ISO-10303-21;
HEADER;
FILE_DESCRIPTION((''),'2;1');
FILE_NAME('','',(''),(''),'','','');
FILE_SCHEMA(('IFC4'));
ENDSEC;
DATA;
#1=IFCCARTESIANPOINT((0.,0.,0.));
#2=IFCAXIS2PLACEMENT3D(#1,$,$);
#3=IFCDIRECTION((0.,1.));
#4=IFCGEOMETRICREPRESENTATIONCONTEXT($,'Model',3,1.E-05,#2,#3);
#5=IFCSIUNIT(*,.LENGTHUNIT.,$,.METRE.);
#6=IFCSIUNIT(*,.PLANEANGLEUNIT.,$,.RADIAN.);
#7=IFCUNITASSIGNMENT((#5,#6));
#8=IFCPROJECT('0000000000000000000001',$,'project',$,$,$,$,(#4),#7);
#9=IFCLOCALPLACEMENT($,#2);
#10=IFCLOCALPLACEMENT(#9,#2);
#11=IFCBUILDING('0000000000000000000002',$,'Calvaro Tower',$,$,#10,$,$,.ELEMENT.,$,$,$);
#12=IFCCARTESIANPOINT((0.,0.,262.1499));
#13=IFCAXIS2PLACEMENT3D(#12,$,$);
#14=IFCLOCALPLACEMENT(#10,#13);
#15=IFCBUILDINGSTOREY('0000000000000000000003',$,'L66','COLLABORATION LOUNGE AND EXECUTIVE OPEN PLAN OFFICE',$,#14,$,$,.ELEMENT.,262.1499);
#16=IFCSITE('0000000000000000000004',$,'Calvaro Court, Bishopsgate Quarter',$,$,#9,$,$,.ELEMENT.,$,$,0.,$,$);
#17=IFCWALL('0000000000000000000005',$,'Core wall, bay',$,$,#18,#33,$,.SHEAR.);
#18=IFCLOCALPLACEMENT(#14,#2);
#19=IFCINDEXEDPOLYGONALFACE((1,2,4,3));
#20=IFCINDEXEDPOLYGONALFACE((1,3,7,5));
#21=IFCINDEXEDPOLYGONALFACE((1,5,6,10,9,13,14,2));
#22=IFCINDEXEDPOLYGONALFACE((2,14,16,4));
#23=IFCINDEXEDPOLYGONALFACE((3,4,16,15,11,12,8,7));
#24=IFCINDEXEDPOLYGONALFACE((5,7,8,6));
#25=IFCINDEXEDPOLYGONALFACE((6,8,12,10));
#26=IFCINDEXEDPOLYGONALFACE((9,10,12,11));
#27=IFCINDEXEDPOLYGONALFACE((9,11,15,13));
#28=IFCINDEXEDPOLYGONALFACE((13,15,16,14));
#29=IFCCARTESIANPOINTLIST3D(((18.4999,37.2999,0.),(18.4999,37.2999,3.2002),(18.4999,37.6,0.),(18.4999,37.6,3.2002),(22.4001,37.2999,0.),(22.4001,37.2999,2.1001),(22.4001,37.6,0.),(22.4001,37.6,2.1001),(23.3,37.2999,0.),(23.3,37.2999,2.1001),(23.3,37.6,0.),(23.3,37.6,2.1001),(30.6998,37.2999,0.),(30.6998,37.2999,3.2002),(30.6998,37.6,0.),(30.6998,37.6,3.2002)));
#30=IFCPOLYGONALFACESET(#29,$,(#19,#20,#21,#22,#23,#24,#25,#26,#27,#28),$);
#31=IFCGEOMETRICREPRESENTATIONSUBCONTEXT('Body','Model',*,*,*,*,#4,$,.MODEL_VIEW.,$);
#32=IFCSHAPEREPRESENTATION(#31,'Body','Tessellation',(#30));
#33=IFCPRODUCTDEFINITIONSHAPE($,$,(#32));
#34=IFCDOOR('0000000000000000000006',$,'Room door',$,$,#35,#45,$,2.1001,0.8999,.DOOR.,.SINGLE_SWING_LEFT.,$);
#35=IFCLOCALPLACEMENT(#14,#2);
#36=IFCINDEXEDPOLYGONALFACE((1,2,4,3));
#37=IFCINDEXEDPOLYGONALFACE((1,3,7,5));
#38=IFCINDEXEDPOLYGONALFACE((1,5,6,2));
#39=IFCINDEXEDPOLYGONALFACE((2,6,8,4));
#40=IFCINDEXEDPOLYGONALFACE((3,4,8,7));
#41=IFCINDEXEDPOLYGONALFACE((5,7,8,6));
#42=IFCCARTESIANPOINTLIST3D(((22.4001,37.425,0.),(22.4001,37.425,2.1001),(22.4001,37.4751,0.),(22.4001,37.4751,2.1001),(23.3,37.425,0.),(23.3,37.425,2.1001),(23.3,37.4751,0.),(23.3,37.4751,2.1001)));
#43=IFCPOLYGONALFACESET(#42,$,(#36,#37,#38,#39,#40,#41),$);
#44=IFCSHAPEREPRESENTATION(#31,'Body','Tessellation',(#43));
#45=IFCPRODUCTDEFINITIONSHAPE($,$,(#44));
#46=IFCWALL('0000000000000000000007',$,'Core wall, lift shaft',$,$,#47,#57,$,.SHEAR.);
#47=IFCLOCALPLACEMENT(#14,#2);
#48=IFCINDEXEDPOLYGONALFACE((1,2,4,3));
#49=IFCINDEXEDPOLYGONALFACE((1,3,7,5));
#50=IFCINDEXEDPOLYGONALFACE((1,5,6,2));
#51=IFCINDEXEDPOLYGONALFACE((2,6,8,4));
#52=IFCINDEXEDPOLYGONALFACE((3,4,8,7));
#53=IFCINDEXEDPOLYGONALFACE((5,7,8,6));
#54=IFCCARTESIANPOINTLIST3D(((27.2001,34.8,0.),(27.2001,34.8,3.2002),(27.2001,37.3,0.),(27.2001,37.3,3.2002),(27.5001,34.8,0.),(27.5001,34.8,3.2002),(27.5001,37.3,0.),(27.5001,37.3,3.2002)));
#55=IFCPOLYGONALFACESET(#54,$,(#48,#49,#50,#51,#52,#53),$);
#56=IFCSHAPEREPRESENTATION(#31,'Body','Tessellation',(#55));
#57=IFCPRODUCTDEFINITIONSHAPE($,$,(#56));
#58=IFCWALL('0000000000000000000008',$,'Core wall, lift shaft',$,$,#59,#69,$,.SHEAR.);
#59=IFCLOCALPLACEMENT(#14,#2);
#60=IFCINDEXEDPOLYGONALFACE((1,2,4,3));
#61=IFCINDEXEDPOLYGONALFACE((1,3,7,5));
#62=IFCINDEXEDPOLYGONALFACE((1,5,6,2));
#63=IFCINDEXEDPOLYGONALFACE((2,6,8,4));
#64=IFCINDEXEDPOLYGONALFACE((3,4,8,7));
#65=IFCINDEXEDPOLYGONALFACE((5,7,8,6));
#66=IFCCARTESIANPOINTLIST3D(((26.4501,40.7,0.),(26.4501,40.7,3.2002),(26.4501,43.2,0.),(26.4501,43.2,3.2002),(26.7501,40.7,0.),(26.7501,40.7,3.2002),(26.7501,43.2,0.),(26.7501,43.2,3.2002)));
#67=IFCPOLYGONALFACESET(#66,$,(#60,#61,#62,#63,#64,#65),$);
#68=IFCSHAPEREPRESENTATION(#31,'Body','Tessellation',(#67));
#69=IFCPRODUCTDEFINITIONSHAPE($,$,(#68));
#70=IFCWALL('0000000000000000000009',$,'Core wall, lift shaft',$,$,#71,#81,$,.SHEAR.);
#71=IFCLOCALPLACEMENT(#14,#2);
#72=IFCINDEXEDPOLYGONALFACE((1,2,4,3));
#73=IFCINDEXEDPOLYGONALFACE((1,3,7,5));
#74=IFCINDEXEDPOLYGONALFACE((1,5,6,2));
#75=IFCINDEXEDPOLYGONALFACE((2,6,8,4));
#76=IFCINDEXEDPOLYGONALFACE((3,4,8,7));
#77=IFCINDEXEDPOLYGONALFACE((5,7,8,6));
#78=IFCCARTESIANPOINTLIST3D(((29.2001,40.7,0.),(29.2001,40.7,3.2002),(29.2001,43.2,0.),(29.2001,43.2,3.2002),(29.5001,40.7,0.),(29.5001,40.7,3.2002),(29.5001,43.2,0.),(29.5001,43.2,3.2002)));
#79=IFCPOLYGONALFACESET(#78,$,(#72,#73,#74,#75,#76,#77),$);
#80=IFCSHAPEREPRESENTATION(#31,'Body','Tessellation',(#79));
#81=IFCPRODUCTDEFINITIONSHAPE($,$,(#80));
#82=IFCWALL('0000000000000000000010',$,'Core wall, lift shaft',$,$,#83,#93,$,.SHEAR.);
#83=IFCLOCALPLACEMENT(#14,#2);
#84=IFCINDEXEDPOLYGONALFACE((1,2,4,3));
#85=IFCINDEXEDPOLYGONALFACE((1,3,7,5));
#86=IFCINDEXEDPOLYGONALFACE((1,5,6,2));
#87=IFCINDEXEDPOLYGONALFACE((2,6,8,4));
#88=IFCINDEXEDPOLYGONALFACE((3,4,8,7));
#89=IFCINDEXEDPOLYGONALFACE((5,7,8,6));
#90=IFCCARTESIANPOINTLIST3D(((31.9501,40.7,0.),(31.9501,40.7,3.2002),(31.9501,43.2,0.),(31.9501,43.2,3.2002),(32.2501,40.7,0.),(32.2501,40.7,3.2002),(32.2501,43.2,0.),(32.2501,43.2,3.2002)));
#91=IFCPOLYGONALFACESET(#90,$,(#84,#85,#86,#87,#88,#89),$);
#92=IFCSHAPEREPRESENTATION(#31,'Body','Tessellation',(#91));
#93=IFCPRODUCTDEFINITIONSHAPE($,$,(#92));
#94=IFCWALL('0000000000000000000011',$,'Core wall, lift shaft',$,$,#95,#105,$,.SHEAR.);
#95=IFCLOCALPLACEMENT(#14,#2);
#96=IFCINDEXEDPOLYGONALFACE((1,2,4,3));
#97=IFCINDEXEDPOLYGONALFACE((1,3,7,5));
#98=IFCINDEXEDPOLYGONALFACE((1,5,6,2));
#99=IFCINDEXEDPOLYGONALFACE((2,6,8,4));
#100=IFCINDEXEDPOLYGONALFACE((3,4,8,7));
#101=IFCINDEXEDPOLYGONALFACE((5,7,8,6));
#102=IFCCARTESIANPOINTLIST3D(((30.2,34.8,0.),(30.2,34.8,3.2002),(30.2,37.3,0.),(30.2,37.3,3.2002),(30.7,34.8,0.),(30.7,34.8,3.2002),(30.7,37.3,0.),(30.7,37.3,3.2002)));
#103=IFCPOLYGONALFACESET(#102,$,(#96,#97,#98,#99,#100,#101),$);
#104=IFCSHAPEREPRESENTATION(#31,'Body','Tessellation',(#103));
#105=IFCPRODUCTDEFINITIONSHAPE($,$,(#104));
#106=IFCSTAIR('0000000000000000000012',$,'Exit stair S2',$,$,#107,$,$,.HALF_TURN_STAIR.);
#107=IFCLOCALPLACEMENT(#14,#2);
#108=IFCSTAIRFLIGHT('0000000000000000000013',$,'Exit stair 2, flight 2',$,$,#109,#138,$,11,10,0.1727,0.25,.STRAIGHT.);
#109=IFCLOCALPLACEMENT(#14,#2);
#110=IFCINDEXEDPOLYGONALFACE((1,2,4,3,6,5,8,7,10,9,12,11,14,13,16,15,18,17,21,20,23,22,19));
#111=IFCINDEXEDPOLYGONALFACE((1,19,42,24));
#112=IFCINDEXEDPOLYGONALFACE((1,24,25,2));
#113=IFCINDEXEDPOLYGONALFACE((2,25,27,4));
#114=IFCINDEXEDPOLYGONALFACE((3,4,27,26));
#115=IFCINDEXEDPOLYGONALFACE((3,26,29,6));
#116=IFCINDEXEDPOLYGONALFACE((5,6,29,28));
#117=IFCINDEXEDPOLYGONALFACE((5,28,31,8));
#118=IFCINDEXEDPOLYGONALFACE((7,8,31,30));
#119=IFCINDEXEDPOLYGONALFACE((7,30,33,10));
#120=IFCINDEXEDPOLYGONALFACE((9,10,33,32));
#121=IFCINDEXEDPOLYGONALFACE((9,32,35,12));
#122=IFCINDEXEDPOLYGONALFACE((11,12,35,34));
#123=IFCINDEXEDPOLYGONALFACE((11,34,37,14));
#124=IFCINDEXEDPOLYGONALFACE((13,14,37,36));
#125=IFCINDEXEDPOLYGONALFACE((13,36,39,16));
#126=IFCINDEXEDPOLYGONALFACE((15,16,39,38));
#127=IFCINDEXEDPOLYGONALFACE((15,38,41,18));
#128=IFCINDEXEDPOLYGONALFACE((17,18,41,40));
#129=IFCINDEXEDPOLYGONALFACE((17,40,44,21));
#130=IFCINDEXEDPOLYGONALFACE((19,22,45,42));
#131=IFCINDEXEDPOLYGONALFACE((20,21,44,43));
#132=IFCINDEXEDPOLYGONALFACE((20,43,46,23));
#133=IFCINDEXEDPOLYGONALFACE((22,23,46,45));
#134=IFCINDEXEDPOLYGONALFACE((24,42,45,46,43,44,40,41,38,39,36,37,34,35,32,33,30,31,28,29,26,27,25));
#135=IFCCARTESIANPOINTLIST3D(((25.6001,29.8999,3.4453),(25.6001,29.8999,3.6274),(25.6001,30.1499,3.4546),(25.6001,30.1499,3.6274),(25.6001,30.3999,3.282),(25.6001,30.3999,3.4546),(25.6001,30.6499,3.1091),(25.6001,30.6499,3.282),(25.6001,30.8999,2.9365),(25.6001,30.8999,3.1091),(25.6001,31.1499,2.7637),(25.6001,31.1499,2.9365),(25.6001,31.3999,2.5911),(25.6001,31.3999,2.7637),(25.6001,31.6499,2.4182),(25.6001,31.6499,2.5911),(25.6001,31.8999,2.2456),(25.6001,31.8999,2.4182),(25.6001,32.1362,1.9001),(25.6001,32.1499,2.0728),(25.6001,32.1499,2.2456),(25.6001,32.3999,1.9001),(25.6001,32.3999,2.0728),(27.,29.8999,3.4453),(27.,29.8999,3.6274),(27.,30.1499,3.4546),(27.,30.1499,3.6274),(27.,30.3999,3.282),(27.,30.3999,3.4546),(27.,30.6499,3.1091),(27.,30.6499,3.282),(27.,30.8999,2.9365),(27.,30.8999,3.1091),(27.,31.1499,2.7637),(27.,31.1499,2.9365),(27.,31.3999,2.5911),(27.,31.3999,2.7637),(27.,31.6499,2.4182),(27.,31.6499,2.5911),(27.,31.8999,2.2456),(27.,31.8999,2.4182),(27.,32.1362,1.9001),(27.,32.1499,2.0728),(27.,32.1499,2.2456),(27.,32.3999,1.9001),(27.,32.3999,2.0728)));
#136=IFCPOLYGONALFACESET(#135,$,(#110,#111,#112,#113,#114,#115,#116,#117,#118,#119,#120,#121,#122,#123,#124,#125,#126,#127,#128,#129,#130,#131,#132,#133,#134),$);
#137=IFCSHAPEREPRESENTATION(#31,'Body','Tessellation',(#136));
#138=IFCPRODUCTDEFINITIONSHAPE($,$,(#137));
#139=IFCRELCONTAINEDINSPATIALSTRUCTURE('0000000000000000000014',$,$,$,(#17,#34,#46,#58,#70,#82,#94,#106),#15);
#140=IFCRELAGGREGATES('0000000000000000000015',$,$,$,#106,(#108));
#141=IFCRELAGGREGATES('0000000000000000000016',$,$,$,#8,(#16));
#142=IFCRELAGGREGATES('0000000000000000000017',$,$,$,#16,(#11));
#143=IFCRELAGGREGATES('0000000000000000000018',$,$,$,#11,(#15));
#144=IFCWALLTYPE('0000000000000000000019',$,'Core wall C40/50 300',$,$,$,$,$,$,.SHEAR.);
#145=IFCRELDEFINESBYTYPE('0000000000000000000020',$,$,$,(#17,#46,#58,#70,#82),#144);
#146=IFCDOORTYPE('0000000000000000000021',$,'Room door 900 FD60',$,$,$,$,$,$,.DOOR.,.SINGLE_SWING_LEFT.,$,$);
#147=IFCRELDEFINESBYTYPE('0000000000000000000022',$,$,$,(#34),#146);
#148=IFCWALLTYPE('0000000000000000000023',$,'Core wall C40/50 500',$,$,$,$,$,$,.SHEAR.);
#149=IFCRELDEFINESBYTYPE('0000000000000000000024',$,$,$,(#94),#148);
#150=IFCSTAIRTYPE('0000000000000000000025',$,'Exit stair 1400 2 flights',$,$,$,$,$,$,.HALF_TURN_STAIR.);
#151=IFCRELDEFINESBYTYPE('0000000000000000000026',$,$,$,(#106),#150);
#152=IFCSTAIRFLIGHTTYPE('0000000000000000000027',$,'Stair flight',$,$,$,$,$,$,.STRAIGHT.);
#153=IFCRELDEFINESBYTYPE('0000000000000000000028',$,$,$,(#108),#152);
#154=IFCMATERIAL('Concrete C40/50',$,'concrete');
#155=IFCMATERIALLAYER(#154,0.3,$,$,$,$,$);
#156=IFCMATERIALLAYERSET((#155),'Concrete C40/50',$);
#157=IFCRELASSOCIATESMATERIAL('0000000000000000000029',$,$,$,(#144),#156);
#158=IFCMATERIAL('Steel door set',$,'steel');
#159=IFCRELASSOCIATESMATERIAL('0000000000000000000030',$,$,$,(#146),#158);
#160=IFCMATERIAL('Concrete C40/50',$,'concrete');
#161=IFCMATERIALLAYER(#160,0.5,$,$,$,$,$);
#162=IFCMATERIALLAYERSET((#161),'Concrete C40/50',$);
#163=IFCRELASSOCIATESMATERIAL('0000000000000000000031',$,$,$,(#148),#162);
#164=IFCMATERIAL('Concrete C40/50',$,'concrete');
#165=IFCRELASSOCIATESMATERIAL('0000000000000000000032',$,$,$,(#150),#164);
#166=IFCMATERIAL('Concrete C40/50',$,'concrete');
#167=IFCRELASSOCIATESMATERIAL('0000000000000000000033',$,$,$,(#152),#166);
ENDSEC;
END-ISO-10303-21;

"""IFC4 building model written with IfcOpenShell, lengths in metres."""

from ifc_helpers import new_model, si_unit, direction, frame, frame_2d, origin, place, context, subcontext, project, spatial, polyline, rectangle, outline, extrude, material, layer, layer_set, type_object, element, fill, aggregate, save


model = new_model("IFC4")

# Units and contexts
model_context = context("Model", 3, precision=1e-05, world=origin(), true_north=direction((0.0, 1.0)))
body_context = subcontext(model_context, "Body", "Model", "MODEL_VIEW")
ifc_project = project(units=[si_unit("LENGTHUNIT", "METRE"), si_unit("PLANEANGLEUNIT", "RADIAN")], contexts=[model_context])

# Site, building, storey
site_placement = place(None, origin())
site = spatial("IfcSite", under=ifc_project, at=site_placement, Name="Calvaro Court, Bishopsgate Quarter", CompositionType="ELEMENT", RefElevation=0.0)
building_placement = place(site_placement, origin())
building = spatial("IfcBuilding", under=site, at=building_placement, Name="Calvaro Tower", CompositionType="ELEMENT")
storey_placement = place(building_placement, frame((0.0, 0.0, 262.1499)))
storey = spatial("IfcBuildingStorey", under=building, at=storey_placement, Name="L66", Description="COLLABORATION LOUNGE AND EXECUTIVE OPEN PLAN OFFICE", CompositionType="ELEMENT", Elevation=262.1499)

# Wall, opening, door
ifc_material_1 = material(Name="Concrete C40/50", Category="concrete")
ifc_layer_1 = layer(ifc_material_1, 0.3)
ifc_layer_set_1 = layer_set([ifc_layer_1], Name="Concrete C40/50")
wall_type_1 = type_object("IfcWallType", Name="Core wall C40/50 300", PredefinedType="SHEAR", material=ifc_layer_set_1)
wall_1_placement = place(storey_placement, frame((30.7, 37.45, 0.0), z_axis=(0.0, 0.0, 1.0), x_axis=(-1.0, 0.0, 0.0)))
wall_1 = element("IfcWall", 1, at=wall_1_placement, inside=storey, type_object=wall_type_1, Name="Core wall, bay", PredefinedType="SHEAR", context=body_context, shape_type="SweptSolid", body=[
    extrude(rectangle(XDim=12.2, YDim=0.3, at=frame_2d((6.1001, 0.0))), origin(), (0.0, 0.0, 1.0), 3.2002),
])
opening_placement = place(wall_1_placement, frame((7.3999, 0.0, 0.0)))
opening = element("IfcOpeningElement", 2, at=opening_placement, cuts=wall_1, PredefinedType="OPENING", context=body_context, shape_type="SweptSolid", body=[
    extrude(rectangle(XDim=0.8999, YDim=2.1001, at=frame_2d((0.45, 1.05))), frame((0.0, 0.1599, 0.0), z_axis=(0.0, -1.0, 0.0), x_axis=(1.0, 0.0, 0.0)), (0.0, 0.0, 1.0), 0.3201),
])
ifc_material_2 = material(Name="Steel door set", Category="steel")
door_type = type_object("IfcDoorType", Name="Room door 900 FD60", OperationType="SINGLE_SWING_LEFT", PredefinedType="DOOR", material=ifc_material_2)
door_placement = place(opening_placement, origin())
door = element("IfcDoor", 3, at=door_placement, inside=storey, type_object=door_type, Name="Room door", OperationType="SINGLE_SWING_LEFT", OverallHeight=2.1001, OverallWidth=0.8999, PredefinedType="DOOR", context=body_context, shape_type="SweptSolid", body=[
    extrude(rectangle(XDim=0.8999, YDim=2.1001, at=frame_2d((0.45, 1.05))), frame((0.0, 0.0249, 0.0), z_axis=(0.0, -1.0, 0.0), x_axis=(1.0, 0.0, 0.0)), (0.0, 0.0, 1.0), 0.05),
])
fill(opening, door)

# Walls
for number, where, z_axis, x_axis, name in (
    (4, (27.3501, 34.8, 0.0), (0.0, 0.0, 1.0), (0.0, 1.0, 0.0), "Core wall, lift shaft"),
    (5, (26.6001, 40.7, 0.0), (0.0, 0.0, 1.0), (0.0, 1.0, 0.0), "Core wall, lift shaft"),
    (6, (29.3501, 40.7, 0.0), (0.0, 0.0, 1.0), (0.0, 1.0, 0.0), "Core wall, lift shaft"),
    (7, (32.1001, 40.7, 0.0), (0.0, 0.0, 1.0), (0.0, 1.0, 0.0), "Core wall, lift shaft"),
):
    element("IfcWall", number, at=place(storey_placement, frame(where, z_axis=z_axis, x_axis=x_axis)), inside=storey, type_object=wall_type_1, Name=name, PredefinedType="SHEAR", context=body_context, shape_type="SweptSolid", body=[
        extrude(rectangle(XDim=2.5, YDim=0.3, at=frame_2d((1.25, 0.0))), origin(), (0.0, 0.0, 1.0), 3.2002),
    ])
ifc_material_3 = material(Name="Concrete C40/50", Category="concrete")
ifc_layer_2 = layer(ifc_material_3, 0.5)
ifc_layer_set_2 = layer_set([ifc_layer_2], Name="Concrete C40/50")
wall_type_2 = type_object("IfcWallType", Name="Core wall C40/50 500", PredefinedType="SHEAR", material=ifc_layer_set_2)
wall_2_placement = place(storey_placement, frame((30.45, 34.8, 0.0), z_axis=(0.0, 0.0, 1.0), x_axis=(0.0, 1.0, 0.0)))
element("IfcWall", 8, at=wall_2_placement, inside=storey, type_object=wall_type_2, Name="Core wall, lift shaft", PredefinedType="SHEAR", context=body_context, shape_type="SweptSolid", body=[
    extrude(rectangle(XDim=2.5, YDim=0.5, at=frame_2d((1.25, 0.0))), origin(), (0.0, 0.0, 1.0), 3.2002),
])

# Stair, stair flight
ifc_material_4 = material(Name="Concrete C40/50", Category="concrete")
stair_type = type_object("IfcStairType", Name="Exit stair 1400 2 flights", PredefinedType="HALF_TURN_STAIR", material=ifc_material_4)
stair_placement = place(storey_placement, origin())
stair = element("IfcStair", 9, at=stair_placement, inside=storey, type_object=stair_type, Name="Exit stair S2", PredefinedType="HALF_TURN_STAIR")
ifc_material_5 = material(Name="Concrete C40/50", Category="concrete")
stair_flight_type = type_object("IfcStairFlightType", Name="Stair flight", PredefinedType="STRAIGHT", material=ifc_material_5)
stair_flight_placement = place(storey_placement, frame((26.3, 32.3999, 1.9001), z_axis=(0.0, 0.0, 1.0), x_axis=(0.0, -1.0, 0.0)))
stair_flight = element("IfcStairFlight", 10, at=stair_flight_placement, type_object=stair_flight_type, Name="Exit stair 2, flight 2", NumberOfRisers=11, NumberOfTreads=10, PredefinedType="STRAIGHT", RiserHeight=0.1727, TreadLength=0.25, context=body_context, shape_type="SweptSolid", body=[
    extrude(outline(polyline([(0.0, 0.0), (0.0, 0.1726), (0.25, 0.1726), (0.25, 0.3455), (0.5, 0.3455), (0.5, 0.5181), (0.75, 0.5181), (0.75, 0.6909), (1.0, 0.6909), (1.0, 0.8635), (1.25, 0.8635), (1.25, 1.0364), (1.5, 1.0364), (1.5, 1.209), (1.75, 1.209), (1.75, 1.3818), (2.0, 1.3818), (2.0, 1.5544), (2.25, 1.5544), (2.25, 1.7273), (2.5, 1.7273), (2.5, 1.8999), (2.5, 1.5452), (0.2637, 0.0), (0.0, 0.0)])), frame((0.0, 0.7, 0.0), z_axis=(0.0, -1.0, 0.0), x_axis=(1.0, 0.0, 0.0)), (0.0, 0.0, 1.0), 1.3999),
])
aggregate(stair, [stair_flight])

save(model, "model.ifc")
